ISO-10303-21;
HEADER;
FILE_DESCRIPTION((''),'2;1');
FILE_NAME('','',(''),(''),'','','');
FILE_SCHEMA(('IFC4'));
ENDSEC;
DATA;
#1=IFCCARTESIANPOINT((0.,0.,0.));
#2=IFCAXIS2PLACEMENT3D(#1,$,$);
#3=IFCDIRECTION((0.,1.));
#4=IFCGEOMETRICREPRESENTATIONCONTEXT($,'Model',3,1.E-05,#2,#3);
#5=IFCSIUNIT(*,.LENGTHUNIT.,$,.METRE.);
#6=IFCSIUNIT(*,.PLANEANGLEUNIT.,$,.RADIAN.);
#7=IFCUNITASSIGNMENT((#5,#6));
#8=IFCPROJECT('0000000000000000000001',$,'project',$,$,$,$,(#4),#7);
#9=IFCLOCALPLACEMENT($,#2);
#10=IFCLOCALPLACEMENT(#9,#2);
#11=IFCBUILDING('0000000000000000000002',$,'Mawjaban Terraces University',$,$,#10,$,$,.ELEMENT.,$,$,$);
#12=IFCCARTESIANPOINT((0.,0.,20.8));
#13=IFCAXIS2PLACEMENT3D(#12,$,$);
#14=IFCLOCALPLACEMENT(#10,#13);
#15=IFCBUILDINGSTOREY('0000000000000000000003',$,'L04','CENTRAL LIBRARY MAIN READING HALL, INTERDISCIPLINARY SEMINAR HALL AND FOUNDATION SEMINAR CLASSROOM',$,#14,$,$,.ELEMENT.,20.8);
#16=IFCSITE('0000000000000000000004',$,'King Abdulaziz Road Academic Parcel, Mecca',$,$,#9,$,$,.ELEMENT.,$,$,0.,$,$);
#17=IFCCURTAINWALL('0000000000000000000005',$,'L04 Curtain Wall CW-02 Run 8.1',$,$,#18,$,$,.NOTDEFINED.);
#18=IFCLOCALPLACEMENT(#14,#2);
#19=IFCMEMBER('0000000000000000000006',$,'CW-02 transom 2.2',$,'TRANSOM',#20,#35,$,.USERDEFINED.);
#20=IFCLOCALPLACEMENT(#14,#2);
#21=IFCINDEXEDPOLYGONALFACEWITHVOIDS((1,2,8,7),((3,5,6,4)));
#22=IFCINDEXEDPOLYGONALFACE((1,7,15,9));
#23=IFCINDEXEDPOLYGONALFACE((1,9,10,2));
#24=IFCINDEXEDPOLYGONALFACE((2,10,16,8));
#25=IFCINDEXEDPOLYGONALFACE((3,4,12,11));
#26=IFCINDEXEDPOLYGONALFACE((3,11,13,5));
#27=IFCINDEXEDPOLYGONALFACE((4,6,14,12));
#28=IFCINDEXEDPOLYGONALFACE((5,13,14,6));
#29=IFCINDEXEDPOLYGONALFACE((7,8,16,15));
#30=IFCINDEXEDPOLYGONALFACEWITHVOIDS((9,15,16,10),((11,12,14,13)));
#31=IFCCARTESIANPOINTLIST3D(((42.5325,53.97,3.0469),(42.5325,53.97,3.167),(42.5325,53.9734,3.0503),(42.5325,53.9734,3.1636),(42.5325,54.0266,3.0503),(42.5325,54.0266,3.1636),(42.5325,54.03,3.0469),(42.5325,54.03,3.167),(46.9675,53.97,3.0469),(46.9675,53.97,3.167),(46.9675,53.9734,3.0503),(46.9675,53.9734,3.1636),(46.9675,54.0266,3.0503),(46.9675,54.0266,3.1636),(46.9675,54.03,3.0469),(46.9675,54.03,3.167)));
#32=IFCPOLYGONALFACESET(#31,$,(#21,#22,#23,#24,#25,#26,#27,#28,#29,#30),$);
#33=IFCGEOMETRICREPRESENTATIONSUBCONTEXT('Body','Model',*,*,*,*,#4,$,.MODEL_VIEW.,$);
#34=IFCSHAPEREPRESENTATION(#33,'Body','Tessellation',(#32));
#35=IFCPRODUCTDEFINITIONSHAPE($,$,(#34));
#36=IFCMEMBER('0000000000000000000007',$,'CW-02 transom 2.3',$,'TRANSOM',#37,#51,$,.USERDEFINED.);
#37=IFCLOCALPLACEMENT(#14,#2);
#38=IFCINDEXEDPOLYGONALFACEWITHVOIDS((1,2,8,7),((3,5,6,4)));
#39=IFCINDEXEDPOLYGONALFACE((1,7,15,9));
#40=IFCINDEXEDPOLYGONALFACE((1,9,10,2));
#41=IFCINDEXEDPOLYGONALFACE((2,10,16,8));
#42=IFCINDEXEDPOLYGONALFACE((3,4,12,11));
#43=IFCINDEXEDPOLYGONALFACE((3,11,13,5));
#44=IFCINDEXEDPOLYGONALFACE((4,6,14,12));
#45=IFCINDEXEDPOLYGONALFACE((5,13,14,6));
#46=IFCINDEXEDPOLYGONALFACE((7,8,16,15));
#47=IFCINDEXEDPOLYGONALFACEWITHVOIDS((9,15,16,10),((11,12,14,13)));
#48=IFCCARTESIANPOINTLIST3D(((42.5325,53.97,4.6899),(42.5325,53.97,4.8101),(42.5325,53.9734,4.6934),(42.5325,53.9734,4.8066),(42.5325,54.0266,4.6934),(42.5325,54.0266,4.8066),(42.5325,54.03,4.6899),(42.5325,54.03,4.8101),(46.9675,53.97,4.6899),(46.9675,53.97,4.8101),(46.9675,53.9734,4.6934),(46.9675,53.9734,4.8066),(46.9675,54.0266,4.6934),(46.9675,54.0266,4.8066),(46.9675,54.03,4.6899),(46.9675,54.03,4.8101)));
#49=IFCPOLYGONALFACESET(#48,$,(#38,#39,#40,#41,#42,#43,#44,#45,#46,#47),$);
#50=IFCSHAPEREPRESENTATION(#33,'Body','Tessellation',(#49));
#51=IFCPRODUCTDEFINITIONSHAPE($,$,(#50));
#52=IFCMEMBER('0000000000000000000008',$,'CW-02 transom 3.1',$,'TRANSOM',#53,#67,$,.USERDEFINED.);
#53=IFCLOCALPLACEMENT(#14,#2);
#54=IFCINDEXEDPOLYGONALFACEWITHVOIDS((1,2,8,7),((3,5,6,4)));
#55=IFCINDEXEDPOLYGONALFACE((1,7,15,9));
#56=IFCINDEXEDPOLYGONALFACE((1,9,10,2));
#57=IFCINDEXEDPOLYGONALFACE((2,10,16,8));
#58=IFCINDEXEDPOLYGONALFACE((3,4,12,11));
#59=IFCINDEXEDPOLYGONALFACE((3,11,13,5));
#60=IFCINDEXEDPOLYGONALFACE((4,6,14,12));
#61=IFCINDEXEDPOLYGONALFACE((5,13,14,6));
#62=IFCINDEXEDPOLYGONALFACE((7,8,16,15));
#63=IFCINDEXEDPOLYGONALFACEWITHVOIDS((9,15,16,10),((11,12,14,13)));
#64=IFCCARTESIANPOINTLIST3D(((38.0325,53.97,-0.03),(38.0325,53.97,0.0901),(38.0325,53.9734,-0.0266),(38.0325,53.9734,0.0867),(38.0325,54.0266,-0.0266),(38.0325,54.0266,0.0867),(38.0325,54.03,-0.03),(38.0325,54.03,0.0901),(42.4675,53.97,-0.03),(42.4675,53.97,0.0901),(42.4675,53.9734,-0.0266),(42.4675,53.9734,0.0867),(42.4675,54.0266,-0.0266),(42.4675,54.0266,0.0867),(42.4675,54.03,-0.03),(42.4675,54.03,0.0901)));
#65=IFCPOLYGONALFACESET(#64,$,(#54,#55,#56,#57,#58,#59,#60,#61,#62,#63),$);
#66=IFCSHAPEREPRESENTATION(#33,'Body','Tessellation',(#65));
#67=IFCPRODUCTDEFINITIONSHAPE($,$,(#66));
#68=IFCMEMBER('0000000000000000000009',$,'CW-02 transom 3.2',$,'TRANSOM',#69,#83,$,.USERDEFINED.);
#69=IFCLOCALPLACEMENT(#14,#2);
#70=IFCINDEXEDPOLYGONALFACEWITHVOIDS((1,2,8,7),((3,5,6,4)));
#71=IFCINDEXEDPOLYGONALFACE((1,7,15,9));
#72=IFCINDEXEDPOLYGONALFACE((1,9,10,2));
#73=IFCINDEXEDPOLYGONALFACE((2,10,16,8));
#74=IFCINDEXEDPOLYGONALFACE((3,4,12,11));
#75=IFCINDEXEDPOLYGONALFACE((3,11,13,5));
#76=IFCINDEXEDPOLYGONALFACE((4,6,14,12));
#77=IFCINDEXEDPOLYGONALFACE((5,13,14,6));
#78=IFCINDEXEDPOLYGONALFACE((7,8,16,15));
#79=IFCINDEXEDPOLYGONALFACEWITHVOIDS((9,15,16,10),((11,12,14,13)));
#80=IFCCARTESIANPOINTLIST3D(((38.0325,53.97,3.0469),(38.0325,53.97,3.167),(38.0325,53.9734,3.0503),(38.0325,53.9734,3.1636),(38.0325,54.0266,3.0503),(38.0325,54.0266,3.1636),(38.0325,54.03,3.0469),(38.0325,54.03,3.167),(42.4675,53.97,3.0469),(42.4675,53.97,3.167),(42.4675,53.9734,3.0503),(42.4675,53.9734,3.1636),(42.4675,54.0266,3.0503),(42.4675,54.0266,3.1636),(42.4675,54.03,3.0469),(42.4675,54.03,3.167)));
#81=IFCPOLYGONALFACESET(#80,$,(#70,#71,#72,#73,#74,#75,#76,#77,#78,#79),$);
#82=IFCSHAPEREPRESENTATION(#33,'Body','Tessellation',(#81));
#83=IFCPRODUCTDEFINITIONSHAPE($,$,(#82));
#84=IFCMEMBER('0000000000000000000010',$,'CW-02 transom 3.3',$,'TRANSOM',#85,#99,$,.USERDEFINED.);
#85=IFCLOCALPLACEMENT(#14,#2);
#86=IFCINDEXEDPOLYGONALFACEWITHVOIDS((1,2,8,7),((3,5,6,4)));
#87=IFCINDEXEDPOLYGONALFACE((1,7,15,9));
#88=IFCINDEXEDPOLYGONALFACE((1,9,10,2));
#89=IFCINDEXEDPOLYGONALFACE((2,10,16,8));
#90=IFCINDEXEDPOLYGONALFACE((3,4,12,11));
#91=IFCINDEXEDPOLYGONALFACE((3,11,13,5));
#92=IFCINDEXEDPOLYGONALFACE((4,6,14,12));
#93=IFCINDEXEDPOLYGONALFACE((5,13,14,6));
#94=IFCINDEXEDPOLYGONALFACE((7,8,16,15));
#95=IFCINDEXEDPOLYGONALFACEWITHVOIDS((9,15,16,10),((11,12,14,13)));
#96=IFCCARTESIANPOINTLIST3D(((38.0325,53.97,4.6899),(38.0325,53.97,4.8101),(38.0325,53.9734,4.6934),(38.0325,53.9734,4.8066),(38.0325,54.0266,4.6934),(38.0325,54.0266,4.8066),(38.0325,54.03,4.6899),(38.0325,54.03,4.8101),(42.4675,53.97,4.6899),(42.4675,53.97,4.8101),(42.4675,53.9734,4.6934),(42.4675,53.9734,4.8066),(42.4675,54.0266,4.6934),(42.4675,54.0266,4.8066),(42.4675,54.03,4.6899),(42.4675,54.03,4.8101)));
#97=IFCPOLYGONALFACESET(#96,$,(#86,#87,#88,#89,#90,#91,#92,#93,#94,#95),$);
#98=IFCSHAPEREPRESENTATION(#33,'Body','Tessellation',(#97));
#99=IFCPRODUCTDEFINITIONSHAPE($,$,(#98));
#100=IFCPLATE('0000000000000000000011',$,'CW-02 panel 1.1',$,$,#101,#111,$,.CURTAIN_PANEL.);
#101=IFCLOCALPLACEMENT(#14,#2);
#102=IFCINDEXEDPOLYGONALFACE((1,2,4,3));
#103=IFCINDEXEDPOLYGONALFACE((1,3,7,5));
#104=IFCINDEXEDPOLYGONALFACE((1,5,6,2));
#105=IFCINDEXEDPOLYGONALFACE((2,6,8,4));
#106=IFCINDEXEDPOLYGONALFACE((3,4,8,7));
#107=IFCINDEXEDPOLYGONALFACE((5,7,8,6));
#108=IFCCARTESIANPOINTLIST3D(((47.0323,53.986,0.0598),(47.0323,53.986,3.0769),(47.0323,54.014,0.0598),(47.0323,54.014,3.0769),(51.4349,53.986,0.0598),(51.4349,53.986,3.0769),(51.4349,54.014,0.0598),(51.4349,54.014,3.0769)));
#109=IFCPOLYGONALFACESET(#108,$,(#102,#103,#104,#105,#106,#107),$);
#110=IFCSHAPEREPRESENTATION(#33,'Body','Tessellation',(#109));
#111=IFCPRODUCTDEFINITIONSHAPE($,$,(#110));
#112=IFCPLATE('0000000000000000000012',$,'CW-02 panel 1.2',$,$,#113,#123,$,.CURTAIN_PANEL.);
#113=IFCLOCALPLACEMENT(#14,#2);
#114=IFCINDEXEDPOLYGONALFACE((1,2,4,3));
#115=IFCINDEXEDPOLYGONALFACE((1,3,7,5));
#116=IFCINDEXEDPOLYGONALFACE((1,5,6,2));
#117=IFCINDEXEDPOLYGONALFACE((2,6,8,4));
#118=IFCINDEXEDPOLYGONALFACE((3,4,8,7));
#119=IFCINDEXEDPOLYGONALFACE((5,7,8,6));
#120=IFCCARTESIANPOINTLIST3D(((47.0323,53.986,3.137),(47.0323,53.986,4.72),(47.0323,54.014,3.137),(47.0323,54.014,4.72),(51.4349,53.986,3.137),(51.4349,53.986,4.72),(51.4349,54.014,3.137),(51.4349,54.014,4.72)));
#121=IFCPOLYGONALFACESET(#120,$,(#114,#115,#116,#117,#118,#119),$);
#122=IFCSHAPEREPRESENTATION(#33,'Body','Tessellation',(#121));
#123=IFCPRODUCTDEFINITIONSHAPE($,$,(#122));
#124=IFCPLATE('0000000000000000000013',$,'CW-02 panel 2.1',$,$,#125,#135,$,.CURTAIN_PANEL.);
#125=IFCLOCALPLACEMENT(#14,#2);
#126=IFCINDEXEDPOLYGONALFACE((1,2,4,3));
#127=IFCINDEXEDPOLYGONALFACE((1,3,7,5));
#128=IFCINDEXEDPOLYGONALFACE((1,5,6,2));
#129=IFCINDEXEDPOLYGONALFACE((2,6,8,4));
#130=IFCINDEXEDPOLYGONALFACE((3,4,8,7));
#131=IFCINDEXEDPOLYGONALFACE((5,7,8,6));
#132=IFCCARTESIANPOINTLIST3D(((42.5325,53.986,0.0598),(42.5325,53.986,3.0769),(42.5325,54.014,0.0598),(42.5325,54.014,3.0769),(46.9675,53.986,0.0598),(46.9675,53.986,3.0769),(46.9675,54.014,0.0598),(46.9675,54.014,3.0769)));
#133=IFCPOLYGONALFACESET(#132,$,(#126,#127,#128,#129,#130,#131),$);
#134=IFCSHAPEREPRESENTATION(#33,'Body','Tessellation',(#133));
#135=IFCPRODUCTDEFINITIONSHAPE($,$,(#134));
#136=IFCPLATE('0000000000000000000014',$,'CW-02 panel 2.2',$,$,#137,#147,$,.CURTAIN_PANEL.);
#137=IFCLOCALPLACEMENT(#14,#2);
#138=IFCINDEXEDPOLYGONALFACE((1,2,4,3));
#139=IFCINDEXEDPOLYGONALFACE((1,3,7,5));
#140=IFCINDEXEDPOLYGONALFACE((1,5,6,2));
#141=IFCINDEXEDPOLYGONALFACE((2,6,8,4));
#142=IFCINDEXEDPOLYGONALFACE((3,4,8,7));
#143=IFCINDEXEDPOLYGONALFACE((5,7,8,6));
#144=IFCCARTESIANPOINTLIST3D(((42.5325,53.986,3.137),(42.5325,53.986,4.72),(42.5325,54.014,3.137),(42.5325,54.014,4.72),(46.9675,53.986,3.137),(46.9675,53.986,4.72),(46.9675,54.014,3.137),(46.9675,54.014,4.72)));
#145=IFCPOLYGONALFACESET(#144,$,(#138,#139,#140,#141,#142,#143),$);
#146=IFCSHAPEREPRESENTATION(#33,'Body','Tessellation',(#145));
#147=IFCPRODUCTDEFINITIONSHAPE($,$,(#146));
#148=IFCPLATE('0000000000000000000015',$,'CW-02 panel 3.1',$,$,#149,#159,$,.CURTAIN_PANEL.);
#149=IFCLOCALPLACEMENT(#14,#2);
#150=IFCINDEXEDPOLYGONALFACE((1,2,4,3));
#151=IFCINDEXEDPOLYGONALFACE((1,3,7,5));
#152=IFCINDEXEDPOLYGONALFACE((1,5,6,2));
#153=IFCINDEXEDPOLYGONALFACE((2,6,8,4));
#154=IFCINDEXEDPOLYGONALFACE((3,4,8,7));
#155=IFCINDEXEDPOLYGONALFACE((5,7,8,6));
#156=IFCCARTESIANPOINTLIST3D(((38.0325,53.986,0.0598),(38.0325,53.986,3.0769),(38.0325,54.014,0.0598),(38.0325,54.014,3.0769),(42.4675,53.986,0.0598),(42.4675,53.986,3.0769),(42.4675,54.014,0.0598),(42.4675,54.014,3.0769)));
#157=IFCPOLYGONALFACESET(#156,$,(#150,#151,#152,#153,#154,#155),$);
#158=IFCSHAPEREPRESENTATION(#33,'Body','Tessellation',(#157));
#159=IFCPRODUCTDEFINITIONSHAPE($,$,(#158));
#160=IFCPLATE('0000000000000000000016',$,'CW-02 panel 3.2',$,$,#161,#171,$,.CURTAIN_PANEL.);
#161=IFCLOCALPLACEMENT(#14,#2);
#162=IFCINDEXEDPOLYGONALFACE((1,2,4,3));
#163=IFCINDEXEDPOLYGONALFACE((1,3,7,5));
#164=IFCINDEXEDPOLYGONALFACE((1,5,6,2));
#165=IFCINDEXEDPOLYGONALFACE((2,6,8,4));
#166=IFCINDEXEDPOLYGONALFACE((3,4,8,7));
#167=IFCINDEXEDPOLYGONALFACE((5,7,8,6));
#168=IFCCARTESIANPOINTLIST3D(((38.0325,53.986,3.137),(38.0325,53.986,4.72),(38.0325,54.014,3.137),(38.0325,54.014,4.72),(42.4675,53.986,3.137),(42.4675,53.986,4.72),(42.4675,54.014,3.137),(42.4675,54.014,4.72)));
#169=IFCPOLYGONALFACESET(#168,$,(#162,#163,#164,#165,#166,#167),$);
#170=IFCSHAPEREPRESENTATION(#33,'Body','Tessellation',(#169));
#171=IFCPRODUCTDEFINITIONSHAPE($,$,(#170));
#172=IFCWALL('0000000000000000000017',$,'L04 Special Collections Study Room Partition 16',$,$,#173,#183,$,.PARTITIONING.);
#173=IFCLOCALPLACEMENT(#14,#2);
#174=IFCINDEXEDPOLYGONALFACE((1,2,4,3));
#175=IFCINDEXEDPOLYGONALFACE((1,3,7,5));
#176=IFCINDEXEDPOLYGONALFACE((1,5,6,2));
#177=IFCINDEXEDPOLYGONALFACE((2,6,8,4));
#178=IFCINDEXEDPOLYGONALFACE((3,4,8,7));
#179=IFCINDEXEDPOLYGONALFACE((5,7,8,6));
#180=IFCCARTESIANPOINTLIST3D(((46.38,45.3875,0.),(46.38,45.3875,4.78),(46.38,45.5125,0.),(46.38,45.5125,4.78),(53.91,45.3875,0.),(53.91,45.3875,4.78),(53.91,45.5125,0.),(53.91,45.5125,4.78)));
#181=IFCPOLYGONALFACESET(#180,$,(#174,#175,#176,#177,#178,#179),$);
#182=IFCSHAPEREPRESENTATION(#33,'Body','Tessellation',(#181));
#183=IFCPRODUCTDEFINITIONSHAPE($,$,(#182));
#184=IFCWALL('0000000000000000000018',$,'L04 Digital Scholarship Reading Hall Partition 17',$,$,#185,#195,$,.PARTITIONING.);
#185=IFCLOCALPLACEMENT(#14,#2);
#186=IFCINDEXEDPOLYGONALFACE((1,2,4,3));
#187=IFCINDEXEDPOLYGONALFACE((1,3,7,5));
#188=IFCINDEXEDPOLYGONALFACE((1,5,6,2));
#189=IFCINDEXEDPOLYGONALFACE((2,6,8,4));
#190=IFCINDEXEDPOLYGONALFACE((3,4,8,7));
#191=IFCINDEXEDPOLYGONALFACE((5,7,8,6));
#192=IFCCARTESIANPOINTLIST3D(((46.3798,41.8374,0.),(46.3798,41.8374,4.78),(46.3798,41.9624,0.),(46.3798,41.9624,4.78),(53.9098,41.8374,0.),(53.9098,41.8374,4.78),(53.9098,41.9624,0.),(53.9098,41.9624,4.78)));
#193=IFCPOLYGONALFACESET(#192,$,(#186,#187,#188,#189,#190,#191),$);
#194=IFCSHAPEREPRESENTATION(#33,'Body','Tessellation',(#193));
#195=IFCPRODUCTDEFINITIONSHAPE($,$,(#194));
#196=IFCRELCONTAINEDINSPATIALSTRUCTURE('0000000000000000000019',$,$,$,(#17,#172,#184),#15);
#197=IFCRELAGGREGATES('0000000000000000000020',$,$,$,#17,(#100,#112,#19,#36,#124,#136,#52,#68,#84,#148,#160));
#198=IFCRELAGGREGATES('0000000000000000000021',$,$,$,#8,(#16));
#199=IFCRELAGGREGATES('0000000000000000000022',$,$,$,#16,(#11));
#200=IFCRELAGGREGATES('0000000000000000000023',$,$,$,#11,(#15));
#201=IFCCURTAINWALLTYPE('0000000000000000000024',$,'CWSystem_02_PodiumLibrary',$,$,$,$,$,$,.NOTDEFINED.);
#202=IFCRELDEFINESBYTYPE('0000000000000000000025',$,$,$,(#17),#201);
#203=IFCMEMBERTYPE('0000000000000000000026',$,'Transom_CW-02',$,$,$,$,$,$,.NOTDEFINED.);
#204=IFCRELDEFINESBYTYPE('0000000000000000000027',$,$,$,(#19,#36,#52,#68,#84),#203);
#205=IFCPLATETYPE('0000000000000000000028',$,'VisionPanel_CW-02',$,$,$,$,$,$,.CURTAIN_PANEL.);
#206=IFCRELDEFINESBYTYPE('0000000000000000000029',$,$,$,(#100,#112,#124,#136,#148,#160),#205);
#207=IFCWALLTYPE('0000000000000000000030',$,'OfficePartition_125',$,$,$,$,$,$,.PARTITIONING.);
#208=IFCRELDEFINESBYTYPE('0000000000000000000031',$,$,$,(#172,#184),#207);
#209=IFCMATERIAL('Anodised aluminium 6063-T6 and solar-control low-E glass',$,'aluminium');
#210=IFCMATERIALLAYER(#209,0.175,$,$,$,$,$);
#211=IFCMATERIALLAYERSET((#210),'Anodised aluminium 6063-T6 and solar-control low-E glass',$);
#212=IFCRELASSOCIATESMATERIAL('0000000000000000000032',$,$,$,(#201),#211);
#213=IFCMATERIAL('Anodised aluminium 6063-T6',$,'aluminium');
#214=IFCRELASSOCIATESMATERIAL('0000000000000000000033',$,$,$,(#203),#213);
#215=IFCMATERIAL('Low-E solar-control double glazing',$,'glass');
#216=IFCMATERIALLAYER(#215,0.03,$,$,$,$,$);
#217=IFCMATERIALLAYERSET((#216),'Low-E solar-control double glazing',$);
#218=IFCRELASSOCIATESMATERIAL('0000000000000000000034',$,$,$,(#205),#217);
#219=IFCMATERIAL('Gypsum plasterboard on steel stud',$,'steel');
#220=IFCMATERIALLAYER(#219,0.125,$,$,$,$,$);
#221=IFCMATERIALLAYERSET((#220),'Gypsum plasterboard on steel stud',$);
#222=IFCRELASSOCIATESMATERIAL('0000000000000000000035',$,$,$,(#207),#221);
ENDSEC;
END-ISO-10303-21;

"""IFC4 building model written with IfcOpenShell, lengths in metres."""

from ifc_helpers import new_model, si_unit, direction, frame, frame_2d, origin, origin_2d, place, context, subcontext, project, spatial, rectangle, hollow_rectangle, extrude, material, layer, layer_set, material_profile, profile_set, type_object, element, aggregate, save


model = new_model("IFC4")

# Units and contexts
model_context = context("Model", 3, precision=1e-05, world=origin(), true_north=direction((0.0, 1.0)))
body_context = subcontext(model_context, "Body", "Model", "MODEL_VIEW")
ifc_project = project(units=[si_unit("LENGTHUNIT", "METRE"), si_unit("PLANEANGLEUNIT", "RADIAN")], contexts=[model_context])

# Site, building, storey
site_placement = place(None, origin())
site = spatial("IfcSite", under=ifc_project, at=site_placement, Name="King Abdulaziz Road Academic Parcel, Mecca", CompositionType="ELEMENT", RefElevation=0.0)
building_placement = place(site_placement, origin())
building = spatial("IfcBuilding", under=site, at=building_placement, Name="Mawjaban Terraces University", CompositionType="ELEMENT")
storey_placement = place(building_placement, frame((0.0, 0.0, 20.8)))
storey = spatial("IfcBuildingStorey", under=building, at=storey_placement, Name="L04", Description="CENTRAL LIBRARY MAIN READING HALL, INTERDISCIPLINARY SEMINAR HALL AND FOUNDATION SEMINAR CLASSROOM", CompositionType="ELEMENT", Elevation=20.8)

# Shared definitions
ifc_material_1 = material(Name="Anodised aluminium 6063-T6 and solar-control low-E glass", Category="aluminium")
ifc_layer_1 = layer(ifc_material_1, 0.175)
ifc_layer_set_1 = layer_set([ifc_layer_1], Name="Anodised aluminium 6063-T6 and solar-control low-E glass")
curtain_wall_type = type_object("IfcCurtainWallType", Name="CWSystem_02_PodiumLibrary", PredefinedType="NOTDEFINED", material=ifc_layer_set_1)
ifc_material_2 = material(Name="Anodised aluminium 6063-T6", Category="aluminium")

# Curtain wall
curtain_wall_1_placement = place(storey_placement, origin())
curtain_wall_1 = element("IfcCurtainWall", 1, at=curtain_wall_1_placement, inside=storey, type_object=curtain_wall_type, Name="L04 Curtain Wall CW-02 Run 8.1", PredefinedType="NOTDEFINED")

# Members
ifc_material_profile_1 = material_profile(ifc_material_2, hollow_rectangle(XDim=0.0601, YDim=0.1201, WallThickness=0.0034, at=origin_2d()), Name="ALU120X60X3.5")
ifc_profile_set_1 = profile_set([ifc_material_profile_1], Name="Anodised aluminium 6063-T6")
member_type_1 = type_object("IfcMemberType", Name="Transom_CW-02", PredefinedType="NOTDEFINED", material=ifc_profile_set_1)
member_1_placement = place(storey_placement, frame((46.9675, 54.0, 3.1069), z_axis=(-1.0, 0.0, 0.0), x_axis=(0.0, -1.0, 0.0)))
member_1 = element("IfcMember", 2, at=member_1_placement, type_object=member_type_1, Name="CW-02 transom 2.2", ObjectType="TRANSOM", PredefinedType="USERDEFINED", context=body_context, shape_type="SweptSolid", body=[
    extrude(hollow_rectangle(XDim=0.0601, YDim=0.1201, WallThickness=0.0034, at=origin_2d()), origin(), (0.0, 0.0, 1.0), 4.4351),
])
member_2_placement = place(storey_placement, frame((46.9675, 54.0, 4.75), z_axis=(-1.0, 0.0, 0.0), x_axis=(0.0, -1.0, 0.0)))
member_2 = element("IfcMember", 3, at=member_2_placement, type_object=member_type_1, Name="CW-02 transom 2.3", ObjectType="TRANSOM", PredefinedType="USERDEFINED", context=body_context, shape_type="SweptSolid", body=[
    extrude(hollow_rectangle(XDim=0.0601, YDim=0.1201, WallThickness=0.0034, at=origin_2d()), origin(), (0.0, 0.0, 1.0), 4.4351),
])
member_3_placement = place(storey_placement, frame((42.4675, 54.0, 0.03), z_axis=(-1.0, 0.0, 0.0), x_axis=(0.0, -1.0, 0.0)))
member_3 = element("IfcMember", 4, at=member_3_placement, type_object=member_type_1, Name="CW-02 transom 3.1", ObjectType="TRANSOM", PredefinedType="USERDEFINED", context=body_context, shape_type="SweptSolid", body=[
    extrude(hollow_rectangle(XDim=0.0601, YDim=0.1201, WallThickness=0.0034, at=origin_2d()), origin(), (0.0, 0.0, 1.0), 4.4351),
])
member_4_placement = place(storey_placement, frame((42.4675, 54.0, 3.1069), z_axis=(-1.0, 0.0, 0.0), x_axis=(0.0, -1.0, 0.0)))
member_4 = element("IfcMember", 5, at=member_4_placement, type_object=member_type_1, Name="CW-02 transom 3.2", ObjectType="TRANSOM", PredefinedType="USERDEFINED", context=body_context, shape_type="SweptSolid", body=[
    extrude(hollow_rectangle(XDim=0.0601, YDim=0.1201, WallThickness=0.0034, at=origin_2d()), origin(), (0.0, 0.0, 1.0), 4.4351),
])
member_5_placement = place(storey_placement, frame((42.4675, 54.0, 4.75), z_axis=(-1.0, 0.0, 0.0), x_axis=(0.0, -1.0, 0.0)))
member_5 = element("IfcMember", 6, at=member_5_placement, type_object=member_type_1, Name="CW-02 transom 3.3", ObjectType="TRANSOM", PredefinedType="USERDEFINED", context=body_context, shape_type="SweptSolid", body=[
    extrude(hollow_rectangle(XDim=0.0601, YDim=0.1201, WallThickness=0.0034, at=origin_2d()), origin(), (0.0, 0.0, 1.0), 4.4351),
])

# Plates
ifc_material_3 = material(Name="Low-E solar-control double glazing", Category="glass")
ifc_layer_2 = layer(ifc_material_3, 0.03)
ifc_layer_set_2 = layer_set([ifc_layer_2], Name="Low-E solar-control double glazing")
plate_type = type_object("IfcPlateType", Name="VisionPanel_CW-02", PredefinedType="CURTAIN_PANEL", material=ifc_layer_set_2)
plate_1_placement = place(storey_placement, frame((49.2336, 54.0, 0.0598), z_axis=(0.0, 0.0, 1.0), x_axis=(-1.0, 0.0, 0.0)))
plate_1 = element("IfcPlate", 7, at=plate_1_placement, type_object=plate_type, Name="CW-02 panel 1.1", PredefinedType="CURTAIN_PANEL", context=body_context, shape_type="SweptSolid", body=[
    extrude(rectangle(XDim=4.4026, YDim=0.0281, at=origin_2d()), origin(), (0.0, 0.0, 1.0), 3.0171),
])
plate_2_placement = place(storey_placement, frame((49.2336, 54.0, 3.137), z_axis=(0.0, 0.0, 1.0), x_axis=(-1.0, 0.0, 0.0)))
plate_2 = element("IfcPlate", 8, at=plate_2_placement, type_object=plate_type, Name="CW-02 panel 1.2", PredefinedType="CURTAIN_PANEL", context=body_context, shape_type="SweptSolid", body=[
    extrude(rectangle(XDim=4.4026, YDim=0.0281, at=origin_2d()), origin(), (0.0, 0.0, 1.0), 1.583),
])
plate_3_placement = place(storey_placement, frame((44.75, 54.0, 0.0598), z_axis=(0.0, 0.0, 1.0), x_axis=(-1.0, 0.0, 0.0)))
plate_3 = element("IfcPlate", 9, at=plate_3_placement, type_object=plate_type, Name="CW-02 panel 2.1", PredefinedType="CURTAIN_PANEL", context=body_context, shape_type="SweptSolid", body=[
    extrude(rectangle(XDim=4.4351, YDim=0.0281, at=origin_2d()), origin(), (0.0, 0.0, 1.0), 3.0171),
])
plate_4_placement = place(storey_placement, frame((44.75, 54.0, 3.137), z_axis=(0.0, 0.0, 1.0), x_axis=(-1.0, 0.0, 0.0)))
plate_4 = element("IfcPlate", 10, at=plate_4_placement, type_object=plate_type, Name="CW-02 panel 2.2", PredefinedType="CURTAIN_PANEL", context=body_context, shape_type="SweptSolid", body=[
    extrude(rectangle(XDim=4.4351, YDim=0.0281, at=origin_2d()), origin(), (0.0, 0.0, 1.0), 1.583),
])
plate_5_placement = place(storey_placement, frame((40.25, 54.0, 0.0598), z_axis=(0.0, 0.0, 1.0), x_axis=(-1.0, 0.0, 0.0)))
plate_5 = element("IfcPlate", 11, at=plate_5_placement, type_object=plate_type, Name="CW-02 panel 3.1", PredefinedType="CURTAIN_PANEL", context=body_context, shape_type="SweptSolid", body=[
    extrude(rectangle(XDim=4.4351, YDim=0.0281, at=origin_2d()), origin(), (0.0, 0.0, 1.0), 3.0171),
])
plate_6_placement = place(storey_placement, frame((40.25, 54.0, 3.137), z_axis=(0.0, 0.0, 1.0), x_axis=(-1.0, 0.0, 0.0)))
plate_6 = element("IfcPlate", 12, at=plate_6_placement, type_object=plate_type, Name="CW-02 panel 3.2", PredefinedType="CURTAIN_PANEL", context=body_context, shape_type="SweptSolid", body=[
    extrude(rectangle(XDim=4.4351, YDim=0.0281, at=origin_2d()), origin(), (0.0, 0.0, 1.0), 1.583),
])
aggregate(curtain_wall_1, [plate_1, plate_2, member_1, member_2, plate_3, plate_4, member_3, member_4, member_5, plate_5, plate_6])

# Walls
ifc_material_4 = material(Name="Gypsum plasterboard on steel stud", Category="steel")
ifc_layer_3 = layer(ifc_material_4, 0.125)
ifc_layer_set_3 = layer_set([ifc_layer_3], Name="Gypsum plasterboard on steel stud")
wall_type_1 = type_object("IfcWallType", Name="OfficePartition_125", PredefinedType="PARTITIONING", material=ifc_layer_set_3)
for number, where, z_axis, x_axis, name in (
    (13, (46.3799, 45.45, 0.0), (0.0, 0.0, 1.0), (1.0, 0.0, 0.0), "L04 Special Collections Study Room Partition 16"),
    (14, (53.9099, 41.8999, 0.0), (0.0, 0.0, 1.0), (-1.0, 0.0, 0.0), "L04 Digital Scholarship Reading Hall Partition 17"),
):
    element("IfcWall", number, at=place(storey_placement, frame(where, z_axis=z_axis, x_axis=x_axis)), inside=storey, type_object=wall_type_1, Name=name, PredefinedType="PARTITIONING", context=body_context, shape_type="SweptSolid", body=[
        extrude(rectangle(XDim=7.53, YDim=0.125, at=frame_2d((3.7651, 0.0))), origin(), (0.0, 0.0, 1.0), 4.78),
    ])

save(model, "model.ifc")
